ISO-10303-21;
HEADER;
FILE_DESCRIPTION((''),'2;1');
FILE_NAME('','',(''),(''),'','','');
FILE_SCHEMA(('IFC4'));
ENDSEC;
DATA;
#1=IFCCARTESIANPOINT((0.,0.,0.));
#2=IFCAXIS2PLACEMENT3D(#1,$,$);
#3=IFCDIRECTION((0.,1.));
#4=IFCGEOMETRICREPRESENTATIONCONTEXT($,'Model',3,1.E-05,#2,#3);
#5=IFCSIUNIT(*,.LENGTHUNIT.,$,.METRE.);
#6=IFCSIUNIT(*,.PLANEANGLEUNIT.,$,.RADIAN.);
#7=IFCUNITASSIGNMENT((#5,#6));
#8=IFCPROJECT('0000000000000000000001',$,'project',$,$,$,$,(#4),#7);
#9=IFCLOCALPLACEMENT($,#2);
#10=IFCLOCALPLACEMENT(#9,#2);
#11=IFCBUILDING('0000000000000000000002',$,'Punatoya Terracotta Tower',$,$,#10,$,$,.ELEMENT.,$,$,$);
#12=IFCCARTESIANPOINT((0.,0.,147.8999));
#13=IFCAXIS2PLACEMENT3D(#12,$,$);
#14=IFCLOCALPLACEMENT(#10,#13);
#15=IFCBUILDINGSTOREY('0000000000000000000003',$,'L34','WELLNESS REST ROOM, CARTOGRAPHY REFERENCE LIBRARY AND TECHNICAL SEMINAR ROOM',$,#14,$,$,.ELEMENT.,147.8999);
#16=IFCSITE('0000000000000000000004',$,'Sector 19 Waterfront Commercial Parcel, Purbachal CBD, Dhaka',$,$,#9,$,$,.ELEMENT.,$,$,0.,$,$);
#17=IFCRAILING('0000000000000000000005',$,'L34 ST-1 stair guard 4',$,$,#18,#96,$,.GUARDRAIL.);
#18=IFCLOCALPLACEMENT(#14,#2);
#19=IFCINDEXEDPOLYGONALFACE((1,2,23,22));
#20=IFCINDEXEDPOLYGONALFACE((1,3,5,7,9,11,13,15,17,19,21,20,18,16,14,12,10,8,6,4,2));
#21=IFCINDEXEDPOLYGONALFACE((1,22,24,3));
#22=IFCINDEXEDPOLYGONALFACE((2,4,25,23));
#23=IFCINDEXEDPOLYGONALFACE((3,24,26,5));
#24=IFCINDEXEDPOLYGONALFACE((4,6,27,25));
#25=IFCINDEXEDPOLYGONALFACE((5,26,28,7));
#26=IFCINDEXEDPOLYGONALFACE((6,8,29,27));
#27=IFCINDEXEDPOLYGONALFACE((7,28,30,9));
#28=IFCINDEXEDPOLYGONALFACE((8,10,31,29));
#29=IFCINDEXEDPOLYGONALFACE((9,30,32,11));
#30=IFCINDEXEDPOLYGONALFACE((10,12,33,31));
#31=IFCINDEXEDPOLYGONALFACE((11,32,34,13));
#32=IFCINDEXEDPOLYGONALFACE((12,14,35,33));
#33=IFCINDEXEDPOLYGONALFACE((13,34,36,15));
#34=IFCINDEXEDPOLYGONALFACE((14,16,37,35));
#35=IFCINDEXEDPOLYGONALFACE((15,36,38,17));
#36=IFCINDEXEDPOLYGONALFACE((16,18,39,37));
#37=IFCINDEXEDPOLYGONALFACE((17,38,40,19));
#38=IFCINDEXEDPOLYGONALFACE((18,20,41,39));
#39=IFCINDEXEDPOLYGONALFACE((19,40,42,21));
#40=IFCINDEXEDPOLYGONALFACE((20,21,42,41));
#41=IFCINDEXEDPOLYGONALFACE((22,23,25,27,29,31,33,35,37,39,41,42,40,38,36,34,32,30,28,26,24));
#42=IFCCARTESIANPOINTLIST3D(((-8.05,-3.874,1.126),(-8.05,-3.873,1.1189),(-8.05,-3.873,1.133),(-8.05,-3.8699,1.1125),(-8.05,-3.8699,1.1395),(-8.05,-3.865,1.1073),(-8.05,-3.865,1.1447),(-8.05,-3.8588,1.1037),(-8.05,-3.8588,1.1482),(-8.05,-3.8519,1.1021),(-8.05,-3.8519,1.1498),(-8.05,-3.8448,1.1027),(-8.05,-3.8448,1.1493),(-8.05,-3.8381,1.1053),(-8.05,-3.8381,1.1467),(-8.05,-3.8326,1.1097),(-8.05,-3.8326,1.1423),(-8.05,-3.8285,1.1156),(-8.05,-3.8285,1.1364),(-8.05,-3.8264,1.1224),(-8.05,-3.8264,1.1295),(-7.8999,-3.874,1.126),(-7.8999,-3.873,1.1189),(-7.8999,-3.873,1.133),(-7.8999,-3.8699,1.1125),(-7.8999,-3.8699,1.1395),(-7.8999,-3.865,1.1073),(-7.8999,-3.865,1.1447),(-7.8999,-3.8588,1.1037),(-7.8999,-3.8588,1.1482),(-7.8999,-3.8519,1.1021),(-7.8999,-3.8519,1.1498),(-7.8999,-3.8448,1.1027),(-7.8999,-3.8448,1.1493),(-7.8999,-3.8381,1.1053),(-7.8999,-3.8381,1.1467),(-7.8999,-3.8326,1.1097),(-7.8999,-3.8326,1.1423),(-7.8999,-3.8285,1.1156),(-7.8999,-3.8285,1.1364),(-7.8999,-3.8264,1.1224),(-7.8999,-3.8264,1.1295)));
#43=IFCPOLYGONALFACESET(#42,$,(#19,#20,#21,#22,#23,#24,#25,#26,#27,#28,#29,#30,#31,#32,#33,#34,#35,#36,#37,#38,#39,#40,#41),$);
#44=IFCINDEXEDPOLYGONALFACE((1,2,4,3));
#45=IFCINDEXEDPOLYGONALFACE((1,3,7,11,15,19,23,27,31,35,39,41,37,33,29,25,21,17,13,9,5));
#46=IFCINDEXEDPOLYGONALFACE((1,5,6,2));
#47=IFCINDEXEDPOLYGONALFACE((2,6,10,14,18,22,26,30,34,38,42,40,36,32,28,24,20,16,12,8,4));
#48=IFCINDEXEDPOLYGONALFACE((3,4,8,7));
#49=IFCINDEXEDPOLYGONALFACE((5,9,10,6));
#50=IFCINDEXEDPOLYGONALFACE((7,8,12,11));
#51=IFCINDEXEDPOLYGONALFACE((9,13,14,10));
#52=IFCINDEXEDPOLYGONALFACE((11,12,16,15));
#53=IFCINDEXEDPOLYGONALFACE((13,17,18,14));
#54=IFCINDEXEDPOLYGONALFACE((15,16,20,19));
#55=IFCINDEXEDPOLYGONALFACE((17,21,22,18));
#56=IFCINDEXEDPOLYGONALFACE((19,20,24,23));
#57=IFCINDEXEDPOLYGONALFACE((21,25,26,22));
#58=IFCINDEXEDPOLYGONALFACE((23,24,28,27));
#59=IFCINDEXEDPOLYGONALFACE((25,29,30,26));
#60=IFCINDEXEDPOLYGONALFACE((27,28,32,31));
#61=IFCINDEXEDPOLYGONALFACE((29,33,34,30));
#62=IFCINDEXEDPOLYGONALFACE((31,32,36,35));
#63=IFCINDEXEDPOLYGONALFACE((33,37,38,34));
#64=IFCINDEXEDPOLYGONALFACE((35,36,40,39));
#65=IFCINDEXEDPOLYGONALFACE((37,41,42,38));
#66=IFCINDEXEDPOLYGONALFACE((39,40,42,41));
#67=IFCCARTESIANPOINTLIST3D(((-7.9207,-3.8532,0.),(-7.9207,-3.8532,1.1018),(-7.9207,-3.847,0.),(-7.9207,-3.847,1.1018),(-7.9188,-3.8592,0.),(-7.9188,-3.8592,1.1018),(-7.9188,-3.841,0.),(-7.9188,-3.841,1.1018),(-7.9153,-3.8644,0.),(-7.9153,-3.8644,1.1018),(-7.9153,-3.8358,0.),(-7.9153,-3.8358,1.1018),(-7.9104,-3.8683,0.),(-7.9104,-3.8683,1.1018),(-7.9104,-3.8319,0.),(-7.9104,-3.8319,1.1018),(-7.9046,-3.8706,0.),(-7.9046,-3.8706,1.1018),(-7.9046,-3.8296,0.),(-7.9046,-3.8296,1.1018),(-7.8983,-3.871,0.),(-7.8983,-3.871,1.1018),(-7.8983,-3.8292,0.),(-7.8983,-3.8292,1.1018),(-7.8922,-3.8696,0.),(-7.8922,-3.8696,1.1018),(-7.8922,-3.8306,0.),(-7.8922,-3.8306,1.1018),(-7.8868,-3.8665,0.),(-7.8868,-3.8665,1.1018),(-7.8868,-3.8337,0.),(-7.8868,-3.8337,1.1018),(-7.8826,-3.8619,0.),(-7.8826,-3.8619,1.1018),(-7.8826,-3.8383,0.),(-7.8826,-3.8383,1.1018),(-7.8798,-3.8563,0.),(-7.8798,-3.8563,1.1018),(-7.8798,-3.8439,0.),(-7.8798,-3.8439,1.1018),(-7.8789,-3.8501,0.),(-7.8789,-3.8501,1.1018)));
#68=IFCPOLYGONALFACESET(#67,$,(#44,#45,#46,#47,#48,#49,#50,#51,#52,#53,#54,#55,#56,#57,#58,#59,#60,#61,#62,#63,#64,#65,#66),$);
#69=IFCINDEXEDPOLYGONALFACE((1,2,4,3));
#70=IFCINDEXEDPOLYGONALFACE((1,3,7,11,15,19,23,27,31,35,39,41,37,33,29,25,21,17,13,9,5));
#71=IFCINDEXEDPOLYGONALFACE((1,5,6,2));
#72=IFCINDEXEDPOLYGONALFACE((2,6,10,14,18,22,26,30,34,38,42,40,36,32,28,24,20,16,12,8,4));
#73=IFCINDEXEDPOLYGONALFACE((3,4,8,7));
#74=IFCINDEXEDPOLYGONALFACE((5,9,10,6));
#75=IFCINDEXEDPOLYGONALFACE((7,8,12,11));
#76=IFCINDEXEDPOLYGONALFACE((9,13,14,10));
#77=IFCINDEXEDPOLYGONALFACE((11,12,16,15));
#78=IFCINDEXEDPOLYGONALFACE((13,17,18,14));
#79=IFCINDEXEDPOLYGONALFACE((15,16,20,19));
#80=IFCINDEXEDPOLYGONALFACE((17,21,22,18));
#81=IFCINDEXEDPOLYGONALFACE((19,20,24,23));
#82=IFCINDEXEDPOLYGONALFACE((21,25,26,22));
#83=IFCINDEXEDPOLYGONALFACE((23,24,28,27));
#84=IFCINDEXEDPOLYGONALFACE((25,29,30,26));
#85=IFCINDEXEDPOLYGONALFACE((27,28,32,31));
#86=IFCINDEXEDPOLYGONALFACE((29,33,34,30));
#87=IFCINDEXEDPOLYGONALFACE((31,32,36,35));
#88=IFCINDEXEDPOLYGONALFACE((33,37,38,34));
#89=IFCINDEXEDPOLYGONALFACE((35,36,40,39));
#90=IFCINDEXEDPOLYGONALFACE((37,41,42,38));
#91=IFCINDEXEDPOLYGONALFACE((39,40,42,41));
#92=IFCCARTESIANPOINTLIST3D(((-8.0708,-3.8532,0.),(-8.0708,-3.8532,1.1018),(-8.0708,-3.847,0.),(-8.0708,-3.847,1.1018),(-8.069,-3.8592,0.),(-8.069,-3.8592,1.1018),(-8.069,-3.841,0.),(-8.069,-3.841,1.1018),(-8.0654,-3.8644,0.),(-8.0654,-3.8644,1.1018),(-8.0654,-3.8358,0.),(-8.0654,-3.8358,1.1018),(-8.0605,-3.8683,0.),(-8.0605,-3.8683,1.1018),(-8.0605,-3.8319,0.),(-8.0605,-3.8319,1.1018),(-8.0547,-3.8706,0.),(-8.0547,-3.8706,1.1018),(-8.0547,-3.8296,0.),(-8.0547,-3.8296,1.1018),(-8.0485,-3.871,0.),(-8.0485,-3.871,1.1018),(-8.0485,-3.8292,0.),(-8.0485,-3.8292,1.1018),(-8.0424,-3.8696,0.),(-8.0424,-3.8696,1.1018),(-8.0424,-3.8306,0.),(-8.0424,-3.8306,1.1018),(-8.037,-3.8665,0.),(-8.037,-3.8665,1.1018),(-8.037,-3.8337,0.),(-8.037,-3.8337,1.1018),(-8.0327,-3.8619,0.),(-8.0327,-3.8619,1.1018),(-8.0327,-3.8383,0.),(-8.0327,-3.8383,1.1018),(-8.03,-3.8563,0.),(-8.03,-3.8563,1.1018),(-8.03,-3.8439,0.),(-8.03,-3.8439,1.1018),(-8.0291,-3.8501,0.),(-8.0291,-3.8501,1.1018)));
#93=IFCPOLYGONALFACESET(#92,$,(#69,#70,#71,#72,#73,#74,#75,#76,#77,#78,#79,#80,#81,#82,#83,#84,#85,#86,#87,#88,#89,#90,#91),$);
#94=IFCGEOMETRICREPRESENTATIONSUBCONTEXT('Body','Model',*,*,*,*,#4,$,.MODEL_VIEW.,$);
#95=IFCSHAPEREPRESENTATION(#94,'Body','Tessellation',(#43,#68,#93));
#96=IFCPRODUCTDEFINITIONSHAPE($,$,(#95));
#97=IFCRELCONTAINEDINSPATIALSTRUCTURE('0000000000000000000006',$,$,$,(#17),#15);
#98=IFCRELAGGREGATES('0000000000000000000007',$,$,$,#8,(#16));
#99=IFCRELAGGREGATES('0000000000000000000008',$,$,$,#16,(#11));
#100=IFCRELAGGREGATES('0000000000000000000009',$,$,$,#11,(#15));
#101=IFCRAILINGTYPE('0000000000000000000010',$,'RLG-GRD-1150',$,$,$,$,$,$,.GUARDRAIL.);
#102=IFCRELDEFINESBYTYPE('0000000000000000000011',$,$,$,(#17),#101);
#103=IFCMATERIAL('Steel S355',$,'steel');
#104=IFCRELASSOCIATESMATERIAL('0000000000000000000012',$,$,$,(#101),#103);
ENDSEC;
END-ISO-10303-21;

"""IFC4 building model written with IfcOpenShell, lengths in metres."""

from ifc_helpers import new_model, si_unit, direction, frame, origin, origin_2d, place, context, subcontext, project, spatial, circle, extrude, material, type_object, element, save


model = new_model("IFC4")

# Units and contexts
model_context = context("Model", 3, precision=1e-05, world=origin(), true_north=direction((0.0, 1.0)))
body_context = subcontext(model_context, "Body", "Model", "MODEL_VIEW")
ifc_project = project(units=[si_unit("LENGTHUNIT", "METRE"), si_unit("PLANEANGLEUNIT", "RADIAN")], contexts=[model_context])

# Site, building, storey
site_placement = place(None, origin())
site = spatial("IfcSite", under=ifc_project, at=site_placement, Name="Sector 19 Waterfront Commercial Parcel, Purbachal CBD, Dhaka", CompositionType="ELEMENT", RefElevation=0.0)
building_placement = place(site_placement, origin())
building = spatial("IfcBuilding", under=site, at=building_placement, Name="Punatoya Terracotta Tower", CompositionType="ELEMENT")
storey_placement = place(building_placement, frame((0.0, 0.0, 147.8999)))
storey = spatial("IfcBuildingStorey", under=building, at=storey_placement, Name="L34", Description="WELLNESS REST ROOM, CARTOGRAPHY REFERENCE LIBRARY AND TECHNICAL SEMINAR ROOM", CompositionType="ELEMENT", Elevation=147.8999)

# Shared definitions
ifc_material_1 = material(Name="Steel S355", Category="steel")

# Railing
railing_type_1 = type_object("IfcRailingType", Name="RLG-GRD-1150", PredefinedType="GUARDRAIL", material=ifc_material_1)
railing_1_placement = place(storey_placement, frame((-7.8999, -3.8501, 0.0)))
element("IfcRailing", 1, at=railing_1_placement, inside=storey, type_object=railing_type_1, Name="L34 ST-1 stair guard 4", PredefinedType="GUARDRAIL", context=body_context, shape_type="SweptSolid", body=[
    extrude(circle(Radius=0.0239, at=origin_2d()), frame((0.0, 0.0, 1.126), z_axis=(-1.0, 0.0, 0.0), x_axis=(0.0, -1.0, 0.0)), (0.0, 0.0, 1.0), 0.1501),
    extrude(circle(Radius=0.021, at=origin_2d()), origin(), (0.0, 0.0, 1.0), 1.1018),
    extrude(circle(Radius=0.021, at=origin_2d()), frame((-0.1501, 0.0, 0.0)), (0.0, 0.0, 1.0), 1.1018),
])

save(model, "model.ifc")
